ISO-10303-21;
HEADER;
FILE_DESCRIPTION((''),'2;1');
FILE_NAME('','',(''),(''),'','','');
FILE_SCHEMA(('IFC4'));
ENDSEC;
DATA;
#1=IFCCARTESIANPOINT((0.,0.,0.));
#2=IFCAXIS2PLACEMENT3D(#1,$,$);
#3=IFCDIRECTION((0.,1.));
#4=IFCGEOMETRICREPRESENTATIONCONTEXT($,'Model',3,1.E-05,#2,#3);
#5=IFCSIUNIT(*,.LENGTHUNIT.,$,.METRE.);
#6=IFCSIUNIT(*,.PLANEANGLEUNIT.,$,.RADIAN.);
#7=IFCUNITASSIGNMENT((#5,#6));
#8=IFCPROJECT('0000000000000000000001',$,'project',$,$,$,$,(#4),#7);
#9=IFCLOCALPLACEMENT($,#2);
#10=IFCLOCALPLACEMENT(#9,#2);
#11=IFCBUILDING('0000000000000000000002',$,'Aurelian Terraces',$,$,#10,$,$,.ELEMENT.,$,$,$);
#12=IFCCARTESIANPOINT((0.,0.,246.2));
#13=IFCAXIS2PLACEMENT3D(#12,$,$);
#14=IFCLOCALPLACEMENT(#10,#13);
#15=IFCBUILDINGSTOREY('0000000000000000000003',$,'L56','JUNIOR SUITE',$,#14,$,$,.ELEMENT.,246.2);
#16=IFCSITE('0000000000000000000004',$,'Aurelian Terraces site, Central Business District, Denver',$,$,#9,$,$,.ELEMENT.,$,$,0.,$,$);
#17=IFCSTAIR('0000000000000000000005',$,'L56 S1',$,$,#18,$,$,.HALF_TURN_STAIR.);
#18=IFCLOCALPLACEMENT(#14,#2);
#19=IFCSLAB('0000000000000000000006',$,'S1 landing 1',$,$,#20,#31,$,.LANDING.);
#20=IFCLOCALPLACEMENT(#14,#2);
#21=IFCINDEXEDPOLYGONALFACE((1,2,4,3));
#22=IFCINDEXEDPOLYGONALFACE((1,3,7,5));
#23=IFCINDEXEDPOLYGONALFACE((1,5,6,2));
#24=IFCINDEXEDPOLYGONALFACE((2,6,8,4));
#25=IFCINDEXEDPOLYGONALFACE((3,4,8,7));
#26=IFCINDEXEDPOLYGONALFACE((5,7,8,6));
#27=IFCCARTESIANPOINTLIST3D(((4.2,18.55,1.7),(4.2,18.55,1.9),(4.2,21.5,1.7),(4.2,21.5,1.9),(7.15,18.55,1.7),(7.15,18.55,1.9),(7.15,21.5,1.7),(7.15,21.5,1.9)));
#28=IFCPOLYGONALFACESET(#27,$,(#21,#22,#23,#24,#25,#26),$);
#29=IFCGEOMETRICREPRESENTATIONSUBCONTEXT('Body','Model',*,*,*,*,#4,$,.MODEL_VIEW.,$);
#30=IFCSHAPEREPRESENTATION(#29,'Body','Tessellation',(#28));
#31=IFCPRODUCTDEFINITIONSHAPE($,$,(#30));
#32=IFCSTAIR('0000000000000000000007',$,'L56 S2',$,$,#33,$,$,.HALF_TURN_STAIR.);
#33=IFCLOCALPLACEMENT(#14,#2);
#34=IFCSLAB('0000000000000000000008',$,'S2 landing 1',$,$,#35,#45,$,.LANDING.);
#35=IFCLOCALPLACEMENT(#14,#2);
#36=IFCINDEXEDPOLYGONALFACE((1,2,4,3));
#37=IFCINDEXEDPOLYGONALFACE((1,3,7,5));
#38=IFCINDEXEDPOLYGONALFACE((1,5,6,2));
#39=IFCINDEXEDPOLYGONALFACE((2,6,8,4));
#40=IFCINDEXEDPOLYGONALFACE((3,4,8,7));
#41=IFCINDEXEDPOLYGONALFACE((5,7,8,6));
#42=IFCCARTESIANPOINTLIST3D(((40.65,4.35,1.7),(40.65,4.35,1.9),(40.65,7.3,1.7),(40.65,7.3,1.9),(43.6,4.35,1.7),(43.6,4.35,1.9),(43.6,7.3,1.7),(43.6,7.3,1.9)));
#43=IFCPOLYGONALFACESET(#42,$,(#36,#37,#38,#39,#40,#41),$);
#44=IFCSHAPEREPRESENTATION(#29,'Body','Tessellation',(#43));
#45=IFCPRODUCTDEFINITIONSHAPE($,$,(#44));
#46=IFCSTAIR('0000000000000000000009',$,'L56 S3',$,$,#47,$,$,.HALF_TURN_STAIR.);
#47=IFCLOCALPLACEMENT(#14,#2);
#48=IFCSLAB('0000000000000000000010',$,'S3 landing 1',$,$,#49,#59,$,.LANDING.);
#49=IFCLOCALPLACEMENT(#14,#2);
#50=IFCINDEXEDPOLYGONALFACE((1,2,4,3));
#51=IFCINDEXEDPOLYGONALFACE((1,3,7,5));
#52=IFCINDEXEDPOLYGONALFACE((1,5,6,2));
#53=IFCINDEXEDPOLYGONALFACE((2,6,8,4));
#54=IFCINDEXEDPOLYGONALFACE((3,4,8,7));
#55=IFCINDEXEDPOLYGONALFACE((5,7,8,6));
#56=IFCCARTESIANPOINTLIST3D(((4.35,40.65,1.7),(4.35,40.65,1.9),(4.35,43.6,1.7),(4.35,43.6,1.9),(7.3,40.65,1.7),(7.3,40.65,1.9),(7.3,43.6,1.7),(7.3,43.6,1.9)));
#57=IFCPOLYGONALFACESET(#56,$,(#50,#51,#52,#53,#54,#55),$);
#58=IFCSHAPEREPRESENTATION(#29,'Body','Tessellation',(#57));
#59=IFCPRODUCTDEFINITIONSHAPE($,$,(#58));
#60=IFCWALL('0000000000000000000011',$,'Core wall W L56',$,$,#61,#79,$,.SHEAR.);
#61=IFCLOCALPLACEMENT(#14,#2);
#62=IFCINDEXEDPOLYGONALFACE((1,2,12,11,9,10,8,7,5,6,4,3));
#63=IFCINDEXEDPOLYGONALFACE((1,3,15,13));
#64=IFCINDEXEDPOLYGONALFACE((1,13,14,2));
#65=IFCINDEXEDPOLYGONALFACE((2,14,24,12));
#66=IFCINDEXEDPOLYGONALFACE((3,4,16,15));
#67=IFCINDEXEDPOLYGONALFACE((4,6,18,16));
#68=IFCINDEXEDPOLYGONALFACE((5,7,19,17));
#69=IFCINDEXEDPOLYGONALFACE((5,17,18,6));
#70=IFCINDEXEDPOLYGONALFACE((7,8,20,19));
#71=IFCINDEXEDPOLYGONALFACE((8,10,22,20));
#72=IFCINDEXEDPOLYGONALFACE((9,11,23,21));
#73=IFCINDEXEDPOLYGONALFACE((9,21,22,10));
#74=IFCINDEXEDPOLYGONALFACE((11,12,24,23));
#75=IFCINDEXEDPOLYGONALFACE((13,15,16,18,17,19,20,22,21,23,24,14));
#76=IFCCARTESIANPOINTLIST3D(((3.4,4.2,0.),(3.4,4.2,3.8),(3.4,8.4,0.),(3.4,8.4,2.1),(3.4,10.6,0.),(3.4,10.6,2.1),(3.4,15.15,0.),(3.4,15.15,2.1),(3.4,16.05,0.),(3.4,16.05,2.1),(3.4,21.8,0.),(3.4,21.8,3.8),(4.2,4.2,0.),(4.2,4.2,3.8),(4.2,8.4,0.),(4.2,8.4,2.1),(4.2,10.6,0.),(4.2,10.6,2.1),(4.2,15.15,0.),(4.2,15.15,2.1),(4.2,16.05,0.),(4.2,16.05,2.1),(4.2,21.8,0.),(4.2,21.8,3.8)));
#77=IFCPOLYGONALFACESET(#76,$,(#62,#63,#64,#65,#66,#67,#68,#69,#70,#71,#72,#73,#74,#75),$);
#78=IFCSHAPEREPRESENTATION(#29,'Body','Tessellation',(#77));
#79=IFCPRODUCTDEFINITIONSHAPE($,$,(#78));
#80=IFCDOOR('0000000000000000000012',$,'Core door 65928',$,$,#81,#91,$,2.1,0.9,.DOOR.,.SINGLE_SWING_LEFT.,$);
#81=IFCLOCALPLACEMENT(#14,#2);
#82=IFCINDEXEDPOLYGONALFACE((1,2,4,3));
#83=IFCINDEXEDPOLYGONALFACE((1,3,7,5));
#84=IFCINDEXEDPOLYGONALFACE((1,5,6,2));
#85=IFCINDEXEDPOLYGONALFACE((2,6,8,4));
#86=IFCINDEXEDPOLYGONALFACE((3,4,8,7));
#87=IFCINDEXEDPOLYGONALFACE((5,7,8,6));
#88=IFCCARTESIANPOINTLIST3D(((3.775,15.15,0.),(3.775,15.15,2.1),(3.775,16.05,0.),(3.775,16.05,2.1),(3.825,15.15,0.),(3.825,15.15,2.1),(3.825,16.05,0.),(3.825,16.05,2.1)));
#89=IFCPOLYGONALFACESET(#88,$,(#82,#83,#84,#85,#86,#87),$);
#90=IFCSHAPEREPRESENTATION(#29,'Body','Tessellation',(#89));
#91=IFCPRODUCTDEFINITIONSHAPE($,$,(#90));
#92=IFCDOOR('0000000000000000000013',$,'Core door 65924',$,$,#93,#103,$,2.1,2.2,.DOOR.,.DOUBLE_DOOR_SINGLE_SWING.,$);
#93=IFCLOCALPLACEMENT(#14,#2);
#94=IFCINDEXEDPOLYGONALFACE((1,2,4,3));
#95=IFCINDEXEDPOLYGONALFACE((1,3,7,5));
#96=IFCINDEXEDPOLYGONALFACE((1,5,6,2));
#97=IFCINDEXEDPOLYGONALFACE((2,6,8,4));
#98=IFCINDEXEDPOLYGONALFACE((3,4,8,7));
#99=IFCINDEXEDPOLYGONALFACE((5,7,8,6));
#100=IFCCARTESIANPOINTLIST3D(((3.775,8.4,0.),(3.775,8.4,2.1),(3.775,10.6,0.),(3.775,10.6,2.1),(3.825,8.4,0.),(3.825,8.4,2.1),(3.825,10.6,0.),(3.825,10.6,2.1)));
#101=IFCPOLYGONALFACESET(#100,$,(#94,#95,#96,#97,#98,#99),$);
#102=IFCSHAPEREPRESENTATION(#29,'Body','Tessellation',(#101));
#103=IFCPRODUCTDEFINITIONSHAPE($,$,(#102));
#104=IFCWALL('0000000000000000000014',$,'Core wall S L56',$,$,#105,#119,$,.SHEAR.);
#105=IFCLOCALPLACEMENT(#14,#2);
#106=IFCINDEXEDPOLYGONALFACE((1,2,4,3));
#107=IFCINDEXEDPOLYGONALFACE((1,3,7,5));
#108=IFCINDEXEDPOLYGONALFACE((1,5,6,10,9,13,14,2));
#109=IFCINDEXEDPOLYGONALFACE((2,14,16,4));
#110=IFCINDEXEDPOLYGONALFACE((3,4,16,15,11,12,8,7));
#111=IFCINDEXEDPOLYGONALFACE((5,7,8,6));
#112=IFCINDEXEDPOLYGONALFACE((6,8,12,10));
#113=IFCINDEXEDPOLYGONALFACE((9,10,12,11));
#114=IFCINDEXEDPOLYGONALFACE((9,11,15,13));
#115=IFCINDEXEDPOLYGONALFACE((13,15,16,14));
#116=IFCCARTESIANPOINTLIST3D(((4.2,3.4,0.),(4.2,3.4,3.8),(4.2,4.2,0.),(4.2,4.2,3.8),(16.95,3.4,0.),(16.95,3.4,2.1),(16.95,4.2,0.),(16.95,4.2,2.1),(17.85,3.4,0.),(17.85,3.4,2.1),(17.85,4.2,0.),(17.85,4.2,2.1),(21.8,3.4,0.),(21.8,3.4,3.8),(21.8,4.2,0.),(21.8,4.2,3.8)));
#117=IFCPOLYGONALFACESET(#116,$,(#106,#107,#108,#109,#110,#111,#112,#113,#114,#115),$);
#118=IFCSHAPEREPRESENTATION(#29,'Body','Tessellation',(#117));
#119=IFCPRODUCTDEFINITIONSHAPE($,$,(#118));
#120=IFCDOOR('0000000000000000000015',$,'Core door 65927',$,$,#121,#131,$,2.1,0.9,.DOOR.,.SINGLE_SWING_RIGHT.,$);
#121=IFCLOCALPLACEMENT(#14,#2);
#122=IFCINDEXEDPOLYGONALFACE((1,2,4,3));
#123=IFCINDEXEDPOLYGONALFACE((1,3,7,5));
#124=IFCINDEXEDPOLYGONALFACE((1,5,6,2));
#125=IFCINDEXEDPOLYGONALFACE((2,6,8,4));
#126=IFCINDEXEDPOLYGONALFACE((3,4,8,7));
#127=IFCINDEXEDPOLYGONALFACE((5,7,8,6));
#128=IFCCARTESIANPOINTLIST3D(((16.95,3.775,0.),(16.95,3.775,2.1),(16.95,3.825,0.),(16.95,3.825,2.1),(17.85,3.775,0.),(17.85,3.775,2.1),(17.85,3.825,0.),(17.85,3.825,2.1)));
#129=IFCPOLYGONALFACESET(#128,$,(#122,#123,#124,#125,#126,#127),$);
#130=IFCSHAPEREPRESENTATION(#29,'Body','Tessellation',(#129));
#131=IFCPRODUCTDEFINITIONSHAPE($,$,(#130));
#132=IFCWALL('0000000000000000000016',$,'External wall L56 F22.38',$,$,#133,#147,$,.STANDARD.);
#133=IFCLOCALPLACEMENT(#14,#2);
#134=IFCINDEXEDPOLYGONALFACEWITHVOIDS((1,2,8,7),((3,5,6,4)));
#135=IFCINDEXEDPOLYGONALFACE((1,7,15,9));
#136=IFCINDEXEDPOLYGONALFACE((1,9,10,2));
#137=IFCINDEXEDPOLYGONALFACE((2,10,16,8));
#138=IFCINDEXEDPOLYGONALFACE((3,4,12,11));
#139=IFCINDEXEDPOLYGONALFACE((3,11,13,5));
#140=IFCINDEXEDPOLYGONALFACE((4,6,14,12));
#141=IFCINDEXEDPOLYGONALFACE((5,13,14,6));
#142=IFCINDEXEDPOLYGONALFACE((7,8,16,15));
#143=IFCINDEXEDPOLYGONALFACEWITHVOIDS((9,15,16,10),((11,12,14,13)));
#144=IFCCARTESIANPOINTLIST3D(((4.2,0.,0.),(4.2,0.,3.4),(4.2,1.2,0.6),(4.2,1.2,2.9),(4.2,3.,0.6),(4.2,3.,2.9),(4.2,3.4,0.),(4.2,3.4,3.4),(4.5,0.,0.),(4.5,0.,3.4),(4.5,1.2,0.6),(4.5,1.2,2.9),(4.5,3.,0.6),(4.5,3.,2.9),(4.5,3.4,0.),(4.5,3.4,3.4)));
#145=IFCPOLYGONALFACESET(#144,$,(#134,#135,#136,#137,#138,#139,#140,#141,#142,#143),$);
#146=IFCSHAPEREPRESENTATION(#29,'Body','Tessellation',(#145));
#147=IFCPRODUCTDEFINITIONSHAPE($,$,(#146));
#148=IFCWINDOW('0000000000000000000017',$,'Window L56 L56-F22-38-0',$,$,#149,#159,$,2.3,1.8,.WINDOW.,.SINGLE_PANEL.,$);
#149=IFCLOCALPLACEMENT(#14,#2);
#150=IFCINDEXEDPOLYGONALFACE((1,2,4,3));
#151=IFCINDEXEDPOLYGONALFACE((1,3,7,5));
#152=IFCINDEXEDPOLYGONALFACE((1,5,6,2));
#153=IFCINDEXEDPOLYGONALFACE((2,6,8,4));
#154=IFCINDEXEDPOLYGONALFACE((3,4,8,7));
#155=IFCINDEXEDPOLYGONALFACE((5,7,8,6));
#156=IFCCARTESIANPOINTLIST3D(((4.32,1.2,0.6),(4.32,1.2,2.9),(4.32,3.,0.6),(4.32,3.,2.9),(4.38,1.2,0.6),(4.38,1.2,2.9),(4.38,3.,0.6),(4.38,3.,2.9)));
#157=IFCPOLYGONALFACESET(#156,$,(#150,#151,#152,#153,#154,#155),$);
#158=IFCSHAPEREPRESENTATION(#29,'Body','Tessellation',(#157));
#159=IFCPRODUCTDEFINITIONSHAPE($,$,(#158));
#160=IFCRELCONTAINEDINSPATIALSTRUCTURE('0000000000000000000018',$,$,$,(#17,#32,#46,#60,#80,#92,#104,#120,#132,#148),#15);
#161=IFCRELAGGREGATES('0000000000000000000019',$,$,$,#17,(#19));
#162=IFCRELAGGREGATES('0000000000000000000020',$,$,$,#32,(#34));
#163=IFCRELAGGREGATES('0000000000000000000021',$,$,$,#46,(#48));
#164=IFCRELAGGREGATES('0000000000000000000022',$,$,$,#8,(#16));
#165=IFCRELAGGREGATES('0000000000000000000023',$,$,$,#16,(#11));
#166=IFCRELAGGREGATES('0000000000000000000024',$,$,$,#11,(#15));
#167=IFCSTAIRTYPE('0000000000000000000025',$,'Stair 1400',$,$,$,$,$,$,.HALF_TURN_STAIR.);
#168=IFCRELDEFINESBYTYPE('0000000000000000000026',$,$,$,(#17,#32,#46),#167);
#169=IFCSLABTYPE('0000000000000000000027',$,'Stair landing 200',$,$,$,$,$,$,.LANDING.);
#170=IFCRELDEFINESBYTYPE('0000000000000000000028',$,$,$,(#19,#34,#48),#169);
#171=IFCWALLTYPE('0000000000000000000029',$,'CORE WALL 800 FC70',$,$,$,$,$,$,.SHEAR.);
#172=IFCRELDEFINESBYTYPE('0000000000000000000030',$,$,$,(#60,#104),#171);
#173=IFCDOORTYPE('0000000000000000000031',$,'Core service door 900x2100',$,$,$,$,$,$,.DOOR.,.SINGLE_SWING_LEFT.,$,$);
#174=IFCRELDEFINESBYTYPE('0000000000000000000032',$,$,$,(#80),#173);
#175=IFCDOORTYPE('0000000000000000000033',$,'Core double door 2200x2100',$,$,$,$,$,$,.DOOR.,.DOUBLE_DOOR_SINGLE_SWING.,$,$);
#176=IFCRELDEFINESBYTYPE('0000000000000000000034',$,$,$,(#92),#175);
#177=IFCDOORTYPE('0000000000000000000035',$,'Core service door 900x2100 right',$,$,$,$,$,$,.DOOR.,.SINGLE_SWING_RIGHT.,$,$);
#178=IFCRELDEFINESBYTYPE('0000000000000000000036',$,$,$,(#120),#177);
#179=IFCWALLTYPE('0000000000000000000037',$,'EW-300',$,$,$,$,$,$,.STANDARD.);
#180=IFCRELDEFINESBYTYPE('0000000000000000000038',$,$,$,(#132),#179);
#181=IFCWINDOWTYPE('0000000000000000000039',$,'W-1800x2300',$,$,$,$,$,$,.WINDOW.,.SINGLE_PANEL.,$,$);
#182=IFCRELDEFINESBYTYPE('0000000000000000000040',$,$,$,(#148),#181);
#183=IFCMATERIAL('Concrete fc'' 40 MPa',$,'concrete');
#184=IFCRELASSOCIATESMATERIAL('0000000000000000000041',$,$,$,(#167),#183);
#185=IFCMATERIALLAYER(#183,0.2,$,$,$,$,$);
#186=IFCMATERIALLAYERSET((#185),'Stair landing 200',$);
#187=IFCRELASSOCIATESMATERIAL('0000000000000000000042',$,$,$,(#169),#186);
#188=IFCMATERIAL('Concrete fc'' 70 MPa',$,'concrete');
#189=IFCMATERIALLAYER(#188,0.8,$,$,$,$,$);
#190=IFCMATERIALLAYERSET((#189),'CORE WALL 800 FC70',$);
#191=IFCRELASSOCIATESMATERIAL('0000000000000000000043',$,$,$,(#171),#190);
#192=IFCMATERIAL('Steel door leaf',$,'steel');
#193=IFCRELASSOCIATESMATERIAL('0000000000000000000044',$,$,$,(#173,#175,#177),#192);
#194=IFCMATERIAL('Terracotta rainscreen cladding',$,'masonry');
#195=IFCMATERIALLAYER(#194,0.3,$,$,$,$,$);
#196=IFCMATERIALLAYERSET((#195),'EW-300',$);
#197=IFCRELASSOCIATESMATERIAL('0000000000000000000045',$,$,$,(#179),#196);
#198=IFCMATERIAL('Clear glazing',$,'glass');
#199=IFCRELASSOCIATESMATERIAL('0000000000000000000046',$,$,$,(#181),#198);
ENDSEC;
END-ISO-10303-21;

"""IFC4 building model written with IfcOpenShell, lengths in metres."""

from ifc_helpers import new_model, si_unit, direction, frame, frame_2d, origin, place, context, subcontext, project, spatial, polyline, rectangle, outline, extrude, source, transform, mapped, material, layer, layer_set, type_object, element, fill, aggregate, save


model = new_model("IFC4")

# Units and contexts
model_context = context("Model", 3, precision=1e-05, world=origin(), true_north=direction((0.0, 1.0)))
body_context = subcontext(model_context, "Body", "Model", "MODEL_VIEW")
ifc_project = project(units=[si_unit("LENGTHUNIT", "METRE"), si_unit("PLANEANGLEUNIT", "RADIAN")], contexts=[model_context])

# Site, building, storey
site_placement = place(None, origin())
site = spatial("IfcSite", under=ifc_project, at=site_placement, Name="Aurelian Terraces site, Central Business District, Denver", CompositionType="ELEMENT", RefElevation=0.0)
building_placement = place(site_placement, origin())
building = spatial("IfcBuilding", under=site, at=building_placement, Name="Aurelian Terraces", CompositionType="ELEMENT")
storey_placement = place(building_placement, frame((0.0, 0.0, 246.2)))
storey = spatial("IfcBuildingStorey", under=building, at=storey_placement, Name="L56", Description="JUNIOR SUITE", CompositionType="ELEMENT", Elevation=246.2)

# Stairs, slabs
ifc_material_1 = material(Name="Concrete fc' 40 MPa", Category="concrete")
stair_type = type_object("IfcStairType", Name="Stair 1400", PredefinedType="HALF_TURN_STAIR", material=ifc_material_1)
stair_1_placement = place(storey_placement, origin())
stair_1 = element("IfcStair", 1, at=stair_1_placement, inside=storey, type_object=stair_type, Name="L56 S1", PredefinedType="HALF_TURN_STAIR")
ifc_layer_1 = layer(ifc_material_1, 0.2)
ifc_layer_set_1 = layer_set([ifc_layer_1], Name="Stair landing 200")
slab_type = type_object("IfcSlabType", Name="Stair landing 200", PredefinedType="LANDING", material=ifc_layer_set_1)
shared_shape_1 = source(origin(), body_context, "Body", "SweptSolid", [
    extrude(outline(polyline([(7.15, 18.55), (7.15, 21.5), (4.2, 21.5), (4.2, 18.55), (7.15, 18.55)])), origin(), (0.0, 0.0, 1.0), 0.2),
])
slab_1_placement = place(storey_placement, frame((0.0, 0.0, 1.7)))
slab_1 = element("IfcSlab", 2, at=slab_1_placement, type_object=slab_type, Name="S1 landing 1", PredefinedType="LANDING", context=body_context, shape_type="MappedRepresentation", body=[
    mapped(shared_shape_1, transform((0.0, 0.0, 0.0), scale=1.0)),
])
aggregate(stair_1, [slab_1])
stair_2_placement = place(storey_placement, origin())
stair_2 = element("IfcStair", 3, at=stair_2_placement, inside=storey, type_object=stair_type, Name="L56 S2", PredefinedType="HALF_TURN_STAIR")
shared_shape_2 = source(origin(), body_context, "Body", "SweptSolid", [
    extrude(outline(polyline([(43.6, 4.35), (43.6, 7.3), (40.65, 7.3), (40.65, 4.35), (43.6, 4.35)])), origin(), (0.0, 0.0, 1.0), 0.2),
])
slab_2_placement = place(storey_placement, frame((0.0, 0.0, 1.7)))
slab_2 = element("IfcSlab", 4, at=slab_2_placement, type_object=slab_type, Name="S2 landing 1", PredefinedType="LANDING", context=body_context, shape_type="MappedRepresentation", body=[
    mapped(shared_shape_2, transform((0.0, 0.0, 0.0), scale=1.0)),
])
aggregate(stair_2, [slab_2])
stair_3_placement = place(storey_placement, origin())
stair_3 = element("IfcStair", 5, at=stair_3_placement, inside=storey, type_object=stair_type, Name="L56 S3", PredefinedType="HALF_TURN_STAIR")
shared_shape_3 = source(origin(), body_context, "Body", "SweptSolid", [
    extrude(outline(polyline([(4.35, 40.65), (7.3, 40.65), (7.3, 43.6), (4.35, 43.6), (4.35, 40.65)])), origin(), (0.0, 0.0, 1.0), 0.2),
])
slab_3_placement = place(storey_placement, frame((0.0, 0.0, 1.7)))
slab_3 = element("IfcSlab", 6, at=slab_3_placement, type_object=slab_type, Name="S3 landing 1", PredefinedType="LANDING", context=body_context, shape_type="MappedRepresentation", body=[
    mapped(shared_shape_3, transform((0.0, 0.0, 0.0), scale=1.0)),
])
aggregate(stair_3, [slab_3])

# Wall, openings, doors
ifc_material_2 = material(Name="Concrete fc' 70 MPa", Category="concrete")
ifc_layer_2 = layer(ifc_material_2, 0.8)
ifc_layer_set_2 = layer_set([ifc_layer_2], Name="CORE WALL 800 FC70")
wall_type_1 = type_object("IfcWallType", Name="CORE WALL 800 FC70", PredefinedType="SHEAR", material=ifc_layer_set_2)
shared_shape_4 = source(origin(), body_context, "Body", "SweptSolid", [
    extrude(rectangle(XDim=17.6, YDim=0.8, at=frame_2d((8.8, 0.0))), origin(), (0.0, 0.0, 1.0), 3.8),
])
wall_1_placement = place(storey_placement, frame((3.8, 4.2, 0.0), z_axis=(0.0, 0.0, 1.0), x_axis=(0.0, 1.0, 0.0)))
wall_1 = element("IfcWall", 7, at=wall_1_placement, inside=storey, type_object=wall_type_1, Name="Core wall W L56", PredefinedType="SHEAR", context=body_context, shape_type="MappedRepresentation", body=[
    mapped(shared_shape_4, transform((0.0, 0.0, 0.0), scale=1.0)),
])
shared_shape_5 = source(origin(), body_context, "Body", "SweptSolid", [
    extrude(rectangle(XDim=2.2, YDim=2.1, at=frame_2d((1.1, 1.05))), frame((0.0, 0.41, 0.0), z_axis=(0.0, -1.0, 0.0), x_axis=(1.0, 0.0, 0.0)), (0.0, 0.0, 1.0), 0.82),
])
opening_1_placement = place(wall_1_placement, frame((4.2, 0.0, 0.0)))
opening_1 = element("IfcOpeningElement", 8, at=opening_1_placement, cuts=wall_1, PredefinedType="OPENING", context=body_context, shape_type="MappedRepresentation", body=[
    mapped(shared_shape_5, transform((0.0, 0.0, 0.0), scale=1.0)),
])
shared_shape_6 = source(origin(), body_context, "Body", "SweptSolid", [
    extrude(rectangle(XDim=0.9, YDim=2.1, at=frame_2d((0.45, 1.05))), frame((0.0, 0.41, 0.0), z_axis=(0.0, -1.0, 0.0), x_axis=(1.0, 0.0, 0.0)), (0.0, 0.0, 1.0), 0.82),
])
opening_2_placement = place(wall_1_placement, frame((10.95, 0.0, 0.0)))
opening_2 = element("IfcOpeningElement", 9, at=opening_2_placement, cuts=wall_1, PredefinedType="OPENING", context=body_context, shape_type="MappedRepresentation", body=[
    mapped(shared_shape_6, transform((0.0, 0.0, 0.0), scale=1.0)),
])
ifc_material_3 = material(Name="Steel door leaf", Category="steel")
door_type_1 = type_object("IfcDoorType", Name="Core service door 900x2100", OperationType="SINGLE_SWING_LEFT", PredefinedType="DOOR", material=ifc_material_3)
shared_shape_7 = source(origin(), body_context, "Body", "SweptSolid", [
    extrude(rectangle(XDim=0.9, YDim=2.1, at=frame_2d((0.45, 1.05))), frame((0.0, 0.025, 0.0), z_axis=(0.0, -1.0, 0.0), x_axis=(1.0, 0.0, 0.0)), (0.0, 0.0, 1.0), 0.05),
])
door_1_placement = place(opening_2_placement, origin())
door_1 = element("IfcDoor", 10, at=door_1_placement, inside=storey, type_object=door_type_1, Name="Core door 65928", OperationType="SINGLE_SWING_LEFT", OverallHeight=2.1, OverallWidth=0.9, PredefinedType="DOOR", context=body_context, shape_type="MappedRepresentation", body=[
    mapped(shared_shape_7, transform((0.0, 0.0, 0.0), scale=1.0)),
])
fill(opening_2, door_1)
door_type_2 = type_object("IfcDoorType", Name="Core double door 2200x2100", OperationType="DOUBLE_DOOR_SINGLE_SWING", PredefinedType="DOOR", material=ifc_material_3)
shared_shape_8 = source(origin(), body_context, "Body", "SweptSolid", [
    extrude(rectangle(XDim=2.2, YDim=2.1, at=frame_2d((1.1, 1.05))), frame((0.0, 0.025, 0.0), z_axis=(0.0, -1.0, 0.0), x_axis=(1.0, 0.0, 0.0)), (0.0, 0.0, 1.0), 0.05),
])
door_2_placement = place(opening_1_placement, origin())
door_2 = element("IfcDoor", 11, at=door_2_placement, inside=storey, type_object=door_type_2, Name="Core door 65924", OperationType="DOUBLE_DOOR_SINGLE_SWING", OverallHeight=2.1, OverallWidth=2.2, PredefinedType="DOOR", context=body_context, shape_type="MappedRepresentation", body=[
    mapped(shared_shape_8, transform((0.0, 0.0, 0.0), scale=1.0)),
])
fill(opening_1, door_2)

# Wall, opening, door
wall_2_placement = place(storey_placement, frame((4.2, 3.8, 0.0), z_axis=(0.0, 0.0, 1.0), x_axis=(1.0, 0.0, 0.0)))
wall_2 = element("IfcWall", 12, at=wall_2_placement, inside=storey, type_object=wall_type_1, Name="Core wall S L56", PredefinedType="SHEAR", context=body_context, shape_type="MappedRepresentation", body=[
    mapped(shared_shape_4, transform((0.0, 0.0, 0.0), scale=1.0)),
])
opening_3_placement = place(wall_2_placement, frame((12.75, 0.0, 0.0)))
opening_3 = element("IfcOpeningElement", 13, at=opening_3_placement, cuts=wall_2, PredefinedType="OPENING", context=body_context, shape_type="MappedRepresentation", body=[
    mapped(shared_shape_6, transform((0.0, 0.0, 0.0), scale=1.0)),
])
door_type_3 = type_object("IfcDoorType", Name="Core service door 900x2100 right", OperationType="SINGLE_SWING_RIGHT", PredefinedType="DOOR", material=ifc_material_3)
door_3_placement = place(opening_3_placement, origin())
door_3 = element("IfcDoor", 14, at=door_3_placement, inside=storey, type_object=door_type_3, Name="Core door 65927", OperationType="SINGLE_SWING_RIGHT", OverallHeight=2.1, OverallWidth=0.9, PredefinedType="DOOR", context=body_context, shape_type="MappedRepresentation", body=[
    mapped(shared_shape_7, transform((0.0, 0.0, 0.0), scale=1.0)),
])
fill(opening_3, door_3)

# Wall, opening, window
ifc_material_4 = material(Name="Terracotta rainscreen cladding", Category="masonry")
ifc_layer_3 = layer(ifc_material_4, 0.3)
ifc_layer_set_3 = layer_set([ifc_layer_3], Name="EW-300")
wall_type_2 = type_object("IfcWallType", Name="EW-300", PredefinedType="STANDARD", material=ifc_layer_set_3)
shared_shape_9 = source(origin(), body_context, "Body", "SweptSolid", [
    extrude(rectangle(XDim=3.4, YDim=0.3, at=frame_2d((1.7, 0.0))), origin(), (0.0, 0.0, 1.0), 3.4),
])
wall_3_placement = place(storey_placement, frame((4.35, 3.4, 0.0), z_axis=(0.0, 0.0, 1.0), x_axis=(0.0, -1.0, 0.0)))
wall_3 = element("IfcWall", 15, at=wall_3_placement, inside=storey, type_object=wall_type_2, Name="External wall L56 F22.38", PredefinedType="STANDARD", context=body_context, shape_type="MappedRepresentation", body=[
    mapped(shared_shape_9, transform((0.0, 0.0, 0.0), scale=1.0)),
])
shared_shape_10 = source(origin(), body_context, "Body", "SweptSolid", [
    extrude(rectangle(XDim=1.8, YDim=2.3, at=frame_2d((0.9, 1.15))), frame((0.0, 0.16, 0.0), z_axis=(0.0, -1.0, 0.0), x_axis=(1.0, 0.0, 0.0)), (0.0, 0.0, 1.0), 0.32),
])
opening_4_placement = place(wall_3_placement, frame((0.4, 0.0, 0.6)))
opening_4 = element("IfcOpeningElement", 16, at=opening_4_placement, cuts=wall_3, PredefinedType="OPENING", context=body_context, shape_type="MappedRepresentation", body=[
    mapped(shared_shape_10, transform((0.0, 0.0, 0.0), scale=1.0)),
])
ifc_material_5 = material(Name="Clear glazing", Category="glass")
window_type = type_object("IfcWindowType", Name="W-1800x2300", PartitioningType="SINGLE_PANEL", PredefinedType="WINDOW", material=ifc_material_5)
shared_shape_11 = source(origin(), body_context, "Body", "SweptSolid", [
    extrude(rectangle(XDim=1.8, YDim=2.3, at=frame_2d((0.9, 1.15))), frame((0.0, 0.03, 0.0), z_axis=(0.0, -1.0, 0.0), x_axis=(1.0, 0.0, 0.0)), (0.0, 0.0, 1.0), 0.06),
])
window_placement = place(opening_4_placement, origin())
window = element("IfcWindow", 17, at=window_placement, inside=storey, type_object=window_type, Name="Window L56 L56-F22-38-0", OverallHeight=2.3, OverallWidth=1.8, PartitioningType="SINGLE_PANEL", PredefinedType="WINDOW", context=body_context, shape_type="MappedRepresentation", body=[
    mapped(shared_shape_11, transform((0.0, 0.0, 0.0), scale=1.0)),
])
fill(opening_4, window)

save(model, "model.ifc")
